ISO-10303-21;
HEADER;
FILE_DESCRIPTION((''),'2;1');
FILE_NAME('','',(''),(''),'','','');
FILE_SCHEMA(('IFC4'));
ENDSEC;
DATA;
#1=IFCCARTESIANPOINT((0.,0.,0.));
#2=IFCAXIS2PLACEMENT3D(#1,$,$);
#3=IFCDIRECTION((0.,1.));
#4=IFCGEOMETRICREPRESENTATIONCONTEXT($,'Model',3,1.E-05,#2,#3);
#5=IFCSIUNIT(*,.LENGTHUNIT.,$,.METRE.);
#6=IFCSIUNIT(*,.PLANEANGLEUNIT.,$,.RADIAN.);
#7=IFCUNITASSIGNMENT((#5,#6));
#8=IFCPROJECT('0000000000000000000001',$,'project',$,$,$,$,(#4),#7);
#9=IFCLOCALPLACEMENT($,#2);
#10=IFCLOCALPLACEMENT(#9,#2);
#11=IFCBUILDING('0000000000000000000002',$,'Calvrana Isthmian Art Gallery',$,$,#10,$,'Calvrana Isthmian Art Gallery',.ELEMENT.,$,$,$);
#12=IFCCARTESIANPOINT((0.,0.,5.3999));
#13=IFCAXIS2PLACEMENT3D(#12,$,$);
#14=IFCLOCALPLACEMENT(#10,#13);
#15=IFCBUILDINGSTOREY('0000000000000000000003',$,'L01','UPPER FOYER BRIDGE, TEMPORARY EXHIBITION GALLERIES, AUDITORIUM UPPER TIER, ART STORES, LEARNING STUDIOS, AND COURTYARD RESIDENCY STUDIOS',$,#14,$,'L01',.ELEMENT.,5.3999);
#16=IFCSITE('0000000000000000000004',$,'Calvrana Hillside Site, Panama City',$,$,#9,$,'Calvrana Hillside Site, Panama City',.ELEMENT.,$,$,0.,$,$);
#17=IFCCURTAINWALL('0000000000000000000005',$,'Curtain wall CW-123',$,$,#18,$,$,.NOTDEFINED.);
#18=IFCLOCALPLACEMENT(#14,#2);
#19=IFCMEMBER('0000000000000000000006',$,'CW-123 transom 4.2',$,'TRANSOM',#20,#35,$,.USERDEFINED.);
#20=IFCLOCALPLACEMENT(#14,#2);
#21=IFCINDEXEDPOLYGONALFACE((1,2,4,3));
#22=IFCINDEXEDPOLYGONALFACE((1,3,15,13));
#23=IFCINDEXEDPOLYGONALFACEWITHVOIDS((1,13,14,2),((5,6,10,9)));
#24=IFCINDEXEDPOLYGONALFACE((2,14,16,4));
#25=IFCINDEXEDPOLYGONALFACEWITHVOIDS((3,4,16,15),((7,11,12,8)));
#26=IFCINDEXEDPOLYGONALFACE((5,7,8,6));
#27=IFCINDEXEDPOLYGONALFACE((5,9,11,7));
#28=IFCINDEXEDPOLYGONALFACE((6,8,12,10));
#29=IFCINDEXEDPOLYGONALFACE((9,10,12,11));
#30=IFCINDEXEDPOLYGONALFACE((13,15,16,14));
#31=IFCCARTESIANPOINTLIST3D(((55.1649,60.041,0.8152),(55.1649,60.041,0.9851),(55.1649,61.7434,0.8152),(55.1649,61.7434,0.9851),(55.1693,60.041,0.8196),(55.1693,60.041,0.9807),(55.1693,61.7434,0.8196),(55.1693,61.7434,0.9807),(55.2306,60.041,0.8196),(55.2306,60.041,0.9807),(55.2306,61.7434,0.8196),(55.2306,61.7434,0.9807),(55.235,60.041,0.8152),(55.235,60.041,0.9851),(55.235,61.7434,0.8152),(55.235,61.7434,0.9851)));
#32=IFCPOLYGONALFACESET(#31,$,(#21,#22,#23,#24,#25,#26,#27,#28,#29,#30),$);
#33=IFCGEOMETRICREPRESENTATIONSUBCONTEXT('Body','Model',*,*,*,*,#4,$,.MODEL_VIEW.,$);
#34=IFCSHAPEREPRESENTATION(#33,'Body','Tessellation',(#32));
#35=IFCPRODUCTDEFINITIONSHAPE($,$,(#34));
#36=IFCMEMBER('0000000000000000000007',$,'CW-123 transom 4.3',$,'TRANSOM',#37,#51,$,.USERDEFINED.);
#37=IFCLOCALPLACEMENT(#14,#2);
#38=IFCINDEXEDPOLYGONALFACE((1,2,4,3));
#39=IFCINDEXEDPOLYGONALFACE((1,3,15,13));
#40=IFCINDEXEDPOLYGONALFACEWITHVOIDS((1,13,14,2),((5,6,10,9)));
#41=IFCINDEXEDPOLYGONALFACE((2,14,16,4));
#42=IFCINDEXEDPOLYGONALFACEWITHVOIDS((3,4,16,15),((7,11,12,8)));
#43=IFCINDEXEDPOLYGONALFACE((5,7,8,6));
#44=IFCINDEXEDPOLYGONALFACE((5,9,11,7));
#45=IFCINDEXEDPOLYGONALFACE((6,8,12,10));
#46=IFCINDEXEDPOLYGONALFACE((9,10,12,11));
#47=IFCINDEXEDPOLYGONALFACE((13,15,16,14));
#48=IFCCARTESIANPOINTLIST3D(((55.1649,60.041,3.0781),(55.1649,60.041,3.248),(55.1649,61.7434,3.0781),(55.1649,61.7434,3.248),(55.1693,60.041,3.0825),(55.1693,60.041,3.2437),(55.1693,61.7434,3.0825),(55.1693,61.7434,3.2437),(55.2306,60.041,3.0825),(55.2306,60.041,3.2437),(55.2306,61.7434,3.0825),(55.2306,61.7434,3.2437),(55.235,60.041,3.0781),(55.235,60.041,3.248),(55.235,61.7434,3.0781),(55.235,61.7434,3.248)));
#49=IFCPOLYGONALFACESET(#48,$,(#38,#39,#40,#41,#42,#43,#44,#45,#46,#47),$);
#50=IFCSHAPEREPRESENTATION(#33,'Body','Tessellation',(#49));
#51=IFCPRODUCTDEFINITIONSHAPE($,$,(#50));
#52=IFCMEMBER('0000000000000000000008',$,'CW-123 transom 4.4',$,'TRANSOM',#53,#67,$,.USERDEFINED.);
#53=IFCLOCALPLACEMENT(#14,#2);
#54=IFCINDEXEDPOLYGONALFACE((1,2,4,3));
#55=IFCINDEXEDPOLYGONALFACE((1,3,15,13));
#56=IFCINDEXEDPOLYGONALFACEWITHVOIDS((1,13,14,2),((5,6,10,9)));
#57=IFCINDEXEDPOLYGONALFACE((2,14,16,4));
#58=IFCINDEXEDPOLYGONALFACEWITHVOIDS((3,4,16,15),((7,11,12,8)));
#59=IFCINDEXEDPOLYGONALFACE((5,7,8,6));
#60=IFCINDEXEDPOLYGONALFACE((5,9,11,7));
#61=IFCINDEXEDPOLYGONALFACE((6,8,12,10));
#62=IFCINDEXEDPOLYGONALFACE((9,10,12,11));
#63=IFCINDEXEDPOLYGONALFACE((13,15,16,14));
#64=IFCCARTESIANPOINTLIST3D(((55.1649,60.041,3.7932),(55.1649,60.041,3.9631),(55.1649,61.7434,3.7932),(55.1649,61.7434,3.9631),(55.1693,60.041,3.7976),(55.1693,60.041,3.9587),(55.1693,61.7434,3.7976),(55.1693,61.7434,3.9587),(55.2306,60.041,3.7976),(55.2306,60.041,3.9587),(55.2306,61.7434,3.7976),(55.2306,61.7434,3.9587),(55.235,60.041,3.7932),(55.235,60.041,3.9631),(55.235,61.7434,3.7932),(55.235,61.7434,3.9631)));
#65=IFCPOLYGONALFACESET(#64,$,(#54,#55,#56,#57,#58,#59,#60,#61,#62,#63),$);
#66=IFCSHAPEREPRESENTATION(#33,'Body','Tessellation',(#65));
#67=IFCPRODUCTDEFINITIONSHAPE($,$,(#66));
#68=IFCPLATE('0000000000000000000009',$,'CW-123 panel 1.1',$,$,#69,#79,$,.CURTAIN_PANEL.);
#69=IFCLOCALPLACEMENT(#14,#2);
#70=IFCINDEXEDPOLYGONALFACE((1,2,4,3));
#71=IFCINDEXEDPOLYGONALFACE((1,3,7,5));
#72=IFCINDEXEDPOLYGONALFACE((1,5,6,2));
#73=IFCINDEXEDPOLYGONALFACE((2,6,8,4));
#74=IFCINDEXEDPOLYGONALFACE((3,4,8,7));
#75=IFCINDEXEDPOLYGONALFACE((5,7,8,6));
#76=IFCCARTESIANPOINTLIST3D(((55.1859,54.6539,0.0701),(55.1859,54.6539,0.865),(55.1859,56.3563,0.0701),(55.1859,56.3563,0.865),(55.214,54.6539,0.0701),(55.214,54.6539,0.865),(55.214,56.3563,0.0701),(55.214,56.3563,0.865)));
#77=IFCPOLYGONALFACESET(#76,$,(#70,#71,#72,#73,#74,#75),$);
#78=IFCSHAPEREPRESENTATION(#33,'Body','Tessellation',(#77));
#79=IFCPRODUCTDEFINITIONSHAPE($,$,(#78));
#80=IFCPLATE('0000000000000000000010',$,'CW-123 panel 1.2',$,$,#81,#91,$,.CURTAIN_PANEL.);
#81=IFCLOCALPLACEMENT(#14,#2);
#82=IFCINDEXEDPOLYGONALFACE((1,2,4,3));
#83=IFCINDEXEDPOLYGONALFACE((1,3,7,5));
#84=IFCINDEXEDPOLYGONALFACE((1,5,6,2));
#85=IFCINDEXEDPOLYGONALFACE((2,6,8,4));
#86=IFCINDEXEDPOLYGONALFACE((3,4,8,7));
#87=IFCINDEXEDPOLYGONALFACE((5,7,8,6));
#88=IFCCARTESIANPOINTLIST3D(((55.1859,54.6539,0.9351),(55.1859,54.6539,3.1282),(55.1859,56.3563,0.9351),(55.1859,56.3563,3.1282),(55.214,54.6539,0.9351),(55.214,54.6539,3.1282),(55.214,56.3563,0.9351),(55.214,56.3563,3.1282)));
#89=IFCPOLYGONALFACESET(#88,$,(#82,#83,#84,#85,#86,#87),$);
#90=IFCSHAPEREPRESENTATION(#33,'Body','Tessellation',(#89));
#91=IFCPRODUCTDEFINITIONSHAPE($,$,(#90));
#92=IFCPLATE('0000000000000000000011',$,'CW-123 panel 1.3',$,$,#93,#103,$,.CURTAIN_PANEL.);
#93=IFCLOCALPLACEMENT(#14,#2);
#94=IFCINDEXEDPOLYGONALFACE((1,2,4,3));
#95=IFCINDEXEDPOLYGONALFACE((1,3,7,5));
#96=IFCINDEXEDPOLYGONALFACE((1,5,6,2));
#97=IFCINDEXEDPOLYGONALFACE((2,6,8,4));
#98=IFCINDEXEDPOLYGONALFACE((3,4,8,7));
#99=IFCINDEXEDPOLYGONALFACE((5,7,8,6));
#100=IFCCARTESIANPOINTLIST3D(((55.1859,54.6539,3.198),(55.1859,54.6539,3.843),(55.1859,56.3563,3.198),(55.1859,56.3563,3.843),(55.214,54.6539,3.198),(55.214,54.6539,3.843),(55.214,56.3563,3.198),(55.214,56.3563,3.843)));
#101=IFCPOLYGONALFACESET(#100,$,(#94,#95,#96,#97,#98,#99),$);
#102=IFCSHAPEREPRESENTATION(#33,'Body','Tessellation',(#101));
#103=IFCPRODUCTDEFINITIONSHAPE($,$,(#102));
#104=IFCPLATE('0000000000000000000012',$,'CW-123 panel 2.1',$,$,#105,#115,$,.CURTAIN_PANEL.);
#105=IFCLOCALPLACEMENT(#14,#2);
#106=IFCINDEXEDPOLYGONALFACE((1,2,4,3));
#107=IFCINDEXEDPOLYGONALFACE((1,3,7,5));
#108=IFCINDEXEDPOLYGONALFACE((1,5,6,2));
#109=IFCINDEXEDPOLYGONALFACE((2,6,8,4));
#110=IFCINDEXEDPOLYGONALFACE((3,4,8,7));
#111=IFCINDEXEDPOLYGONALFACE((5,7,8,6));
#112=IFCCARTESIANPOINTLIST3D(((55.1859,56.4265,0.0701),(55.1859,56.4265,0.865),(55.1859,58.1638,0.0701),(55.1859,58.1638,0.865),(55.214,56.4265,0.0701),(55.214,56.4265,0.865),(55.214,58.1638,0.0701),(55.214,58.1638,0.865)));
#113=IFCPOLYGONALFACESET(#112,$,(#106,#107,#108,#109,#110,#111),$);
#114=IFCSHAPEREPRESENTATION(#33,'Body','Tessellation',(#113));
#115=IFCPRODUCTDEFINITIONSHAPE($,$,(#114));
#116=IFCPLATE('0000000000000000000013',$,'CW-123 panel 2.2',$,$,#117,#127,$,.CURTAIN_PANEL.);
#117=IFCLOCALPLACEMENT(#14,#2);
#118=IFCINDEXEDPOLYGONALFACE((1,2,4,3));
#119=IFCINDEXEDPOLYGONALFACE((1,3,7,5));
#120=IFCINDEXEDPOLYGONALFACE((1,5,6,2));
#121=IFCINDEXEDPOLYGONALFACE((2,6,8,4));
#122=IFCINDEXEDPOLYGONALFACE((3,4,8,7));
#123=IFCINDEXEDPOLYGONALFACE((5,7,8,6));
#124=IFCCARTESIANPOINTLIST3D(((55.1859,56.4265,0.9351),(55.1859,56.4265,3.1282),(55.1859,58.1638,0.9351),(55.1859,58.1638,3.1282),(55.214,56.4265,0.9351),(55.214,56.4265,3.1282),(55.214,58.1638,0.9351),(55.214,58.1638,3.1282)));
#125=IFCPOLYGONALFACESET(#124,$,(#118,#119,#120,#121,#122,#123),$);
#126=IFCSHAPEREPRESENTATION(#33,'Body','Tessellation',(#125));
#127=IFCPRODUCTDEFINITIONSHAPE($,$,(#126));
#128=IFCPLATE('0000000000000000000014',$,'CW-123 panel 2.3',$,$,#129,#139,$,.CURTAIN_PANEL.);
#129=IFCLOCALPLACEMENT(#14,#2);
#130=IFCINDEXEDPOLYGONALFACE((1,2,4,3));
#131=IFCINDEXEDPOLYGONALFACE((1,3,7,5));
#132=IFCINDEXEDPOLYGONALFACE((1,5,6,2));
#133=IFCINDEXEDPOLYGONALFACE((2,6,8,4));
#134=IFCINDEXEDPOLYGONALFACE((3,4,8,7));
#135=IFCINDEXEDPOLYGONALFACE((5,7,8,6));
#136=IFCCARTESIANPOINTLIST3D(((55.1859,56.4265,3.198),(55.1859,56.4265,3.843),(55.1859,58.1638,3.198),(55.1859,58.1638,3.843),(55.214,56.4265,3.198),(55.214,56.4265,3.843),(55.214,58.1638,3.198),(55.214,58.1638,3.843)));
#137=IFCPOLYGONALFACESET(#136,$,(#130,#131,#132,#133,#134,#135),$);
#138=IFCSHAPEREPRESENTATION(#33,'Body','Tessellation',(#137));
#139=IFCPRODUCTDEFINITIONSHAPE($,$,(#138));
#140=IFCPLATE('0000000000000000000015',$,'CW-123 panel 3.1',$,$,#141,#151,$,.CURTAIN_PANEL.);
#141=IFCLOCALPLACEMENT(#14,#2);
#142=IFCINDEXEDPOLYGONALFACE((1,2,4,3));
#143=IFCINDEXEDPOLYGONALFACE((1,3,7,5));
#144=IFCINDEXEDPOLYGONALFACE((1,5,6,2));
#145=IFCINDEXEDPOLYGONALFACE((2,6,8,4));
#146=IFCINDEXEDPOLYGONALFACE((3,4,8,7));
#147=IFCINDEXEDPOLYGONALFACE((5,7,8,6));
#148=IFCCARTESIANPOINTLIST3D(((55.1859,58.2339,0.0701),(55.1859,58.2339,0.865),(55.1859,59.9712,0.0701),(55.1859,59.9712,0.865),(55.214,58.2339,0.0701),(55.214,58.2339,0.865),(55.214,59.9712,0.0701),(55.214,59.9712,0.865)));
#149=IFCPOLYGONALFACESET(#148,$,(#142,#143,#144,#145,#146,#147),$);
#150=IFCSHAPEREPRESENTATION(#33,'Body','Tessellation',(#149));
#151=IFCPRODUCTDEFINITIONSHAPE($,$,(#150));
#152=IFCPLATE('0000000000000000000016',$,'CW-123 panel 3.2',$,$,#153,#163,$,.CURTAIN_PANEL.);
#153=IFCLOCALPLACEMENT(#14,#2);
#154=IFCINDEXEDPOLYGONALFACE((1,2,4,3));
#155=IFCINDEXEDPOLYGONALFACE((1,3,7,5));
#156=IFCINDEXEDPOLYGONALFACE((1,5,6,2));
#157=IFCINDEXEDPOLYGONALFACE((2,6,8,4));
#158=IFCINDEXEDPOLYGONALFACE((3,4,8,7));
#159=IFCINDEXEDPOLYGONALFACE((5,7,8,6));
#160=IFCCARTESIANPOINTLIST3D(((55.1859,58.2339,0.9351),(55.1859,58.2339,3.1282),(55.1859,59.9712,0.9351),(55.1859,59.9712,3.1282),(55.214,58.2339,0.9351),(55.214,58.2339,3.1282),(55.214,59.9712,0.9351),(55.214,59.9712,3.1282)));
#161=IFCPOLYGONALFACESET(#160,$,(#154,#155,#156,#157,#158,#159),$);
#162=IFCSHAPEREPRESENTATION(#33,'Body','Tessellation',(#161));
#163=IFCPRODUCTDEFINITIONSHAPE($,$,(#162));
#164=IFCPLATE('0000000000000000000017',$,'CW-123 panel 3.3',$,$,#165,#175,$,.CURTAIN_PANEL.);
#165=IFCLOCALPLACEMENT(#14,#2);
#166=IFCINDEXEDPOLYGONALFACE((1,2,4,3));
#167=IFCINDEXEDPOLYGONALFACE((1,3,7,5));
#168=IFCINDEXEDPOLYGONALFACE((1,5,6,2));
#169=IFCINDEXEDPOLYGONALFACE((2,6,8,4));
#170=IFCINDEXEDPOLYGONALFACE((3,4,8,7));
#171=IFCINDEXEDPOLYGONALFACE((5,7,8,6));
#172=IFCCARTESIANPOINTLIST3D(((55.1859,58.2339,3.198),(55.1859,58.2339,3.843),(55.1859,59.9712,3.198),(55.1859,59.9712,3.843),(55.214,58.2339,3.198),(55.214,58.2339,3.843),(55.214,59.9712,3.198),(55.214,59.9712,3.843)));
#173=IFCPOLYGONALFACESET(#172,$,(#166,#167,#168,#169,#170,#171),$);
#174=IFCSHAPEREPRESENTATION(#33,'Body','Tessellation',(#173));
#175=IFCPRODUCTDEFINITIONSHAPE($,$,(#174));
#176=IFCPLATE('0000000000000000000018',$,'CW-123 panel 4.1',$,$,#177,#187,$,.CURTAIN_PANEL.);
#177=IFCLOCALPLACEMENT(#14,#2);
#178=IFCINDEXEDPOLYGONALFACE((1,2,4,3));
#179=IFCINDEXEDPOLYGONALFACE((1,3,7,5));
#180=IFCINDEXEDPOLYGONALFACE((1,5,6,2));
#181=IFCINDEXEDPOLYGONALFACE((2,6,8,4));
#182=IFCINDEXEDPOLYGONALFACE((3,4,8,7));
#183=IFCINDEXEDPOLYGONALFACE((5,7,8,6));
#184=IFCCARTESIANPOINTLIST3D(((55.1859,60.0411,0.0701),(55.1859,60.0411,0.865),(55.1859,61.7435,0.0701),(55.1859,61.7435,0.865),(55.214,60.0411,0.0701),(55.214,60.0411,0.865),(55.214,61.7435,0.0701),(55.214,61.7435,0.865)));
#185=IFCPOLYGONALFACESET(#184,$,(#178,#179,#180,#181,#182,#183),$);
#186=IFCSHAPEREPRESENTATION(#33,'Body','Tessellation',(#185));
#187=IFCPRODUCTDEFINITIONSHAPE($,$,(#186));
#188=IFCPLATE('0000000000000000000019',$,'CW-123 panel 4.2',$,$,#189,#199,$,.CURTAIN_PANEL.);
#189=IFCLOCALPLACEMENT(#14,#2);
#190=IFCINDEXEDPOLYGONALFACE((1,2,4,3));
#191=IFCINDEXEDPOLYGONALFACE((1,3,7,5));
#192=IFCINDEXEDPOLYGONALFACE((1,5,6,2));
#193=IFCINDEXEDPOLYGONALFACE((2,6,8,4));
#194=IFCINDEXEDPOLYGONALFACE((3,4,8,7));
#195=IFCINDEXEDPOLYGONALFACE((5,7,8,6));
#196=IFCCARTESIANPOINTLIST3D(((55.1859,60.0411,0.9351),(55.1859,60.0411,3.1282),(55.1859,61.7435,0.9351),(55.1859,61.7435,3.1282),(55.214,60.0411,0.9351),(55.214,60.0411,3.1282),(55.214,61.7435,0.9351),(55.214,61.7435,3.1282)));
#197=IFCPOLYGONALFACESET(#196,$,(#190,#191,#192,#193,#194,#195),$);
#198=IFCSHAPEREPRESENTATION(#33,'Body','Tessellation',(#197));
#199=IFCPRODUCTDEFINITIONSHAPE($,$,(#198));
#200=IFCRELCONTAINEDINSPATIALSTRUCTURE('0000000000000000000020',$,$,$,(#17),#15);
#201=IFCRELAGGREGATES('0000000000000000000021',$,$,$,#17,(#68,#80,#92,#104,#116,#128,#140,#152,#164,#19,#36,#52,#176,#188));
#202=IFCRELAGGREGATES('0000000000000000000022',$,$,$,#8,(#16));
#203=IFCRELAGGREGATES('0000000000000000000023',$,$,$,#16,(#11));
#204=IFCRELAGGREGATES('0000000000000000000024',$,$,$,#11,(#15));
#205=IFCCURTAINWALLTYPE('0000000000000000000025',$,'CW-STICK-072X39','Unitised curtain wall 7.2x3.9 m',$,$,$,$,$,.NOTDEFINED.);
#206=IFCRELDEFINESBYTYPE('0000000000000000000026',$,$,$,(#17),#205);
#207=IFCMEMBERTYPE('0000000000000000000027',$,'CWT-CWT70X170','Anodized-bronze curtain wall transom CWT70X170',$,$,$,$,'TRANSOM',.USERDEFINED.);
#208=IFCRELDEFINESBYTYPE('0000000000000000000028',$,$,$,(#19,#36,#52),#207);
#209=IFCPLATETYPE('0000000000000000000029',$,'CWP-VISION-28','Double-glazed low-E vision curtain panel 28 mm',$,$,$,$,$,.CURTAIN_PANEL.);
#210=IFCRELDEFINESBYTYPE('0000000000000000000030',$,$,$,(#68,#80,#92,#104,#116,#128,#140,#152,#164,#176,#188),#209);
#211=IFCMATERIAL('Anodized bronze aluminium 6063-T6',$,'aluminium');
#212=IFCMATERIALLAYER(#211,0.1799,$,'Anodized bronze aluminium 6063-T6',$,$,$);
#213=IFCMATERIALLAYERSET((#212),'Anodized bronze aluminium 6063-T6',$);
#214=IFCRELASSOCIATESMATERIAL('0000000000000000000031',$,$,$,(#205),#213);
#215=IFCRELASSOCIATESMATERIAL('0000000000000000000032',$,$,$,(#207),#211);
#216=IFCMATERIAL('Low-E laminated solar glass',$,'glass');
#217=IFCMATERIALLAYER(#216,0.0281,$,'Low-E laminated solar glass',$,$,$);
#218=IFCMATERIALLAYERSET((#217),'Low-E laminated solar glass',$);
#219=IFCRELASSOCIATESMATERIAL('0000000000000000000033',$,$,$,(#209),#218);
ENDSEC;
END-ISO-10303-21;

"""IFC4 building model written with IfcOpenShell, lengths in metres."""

from ifc_helpers import new_model, si_unit, direction, frame, origin, origin_2d, place, context, subcontext, project, spatial, rectangle, hollow_rectangle, extrude, material, layer, layer_set, material_profile, profile_set, type_object, element, aggregate, save


model = new_model("IFC4")

# Units and contexts
model_context = context("Model", 3, precision=1e-05, world=origin(), true_north=direction((0.0, 1.0)))
body_context = subcontext(model_context, "Body", "Model", "MODEL_VIEW")
ifc_project = project(units=[si_unit("LENGTHUNIT", "METRE"), si_unit("PLANEANGLEUNIT", "RADIAN")], contexts=[model_context])

# Site, building, storey
site_placement = place(None, origin())
site = spatial("IfcSite", under=ifc_project, at=site_placement, Name="Calvrana Hillside Site, Panama City", LongName="Calvrana Hillside Site, Panama City", CompositionType="ELEMENT", RefElevation=0.0)
building_placement = place(site_placement, origin())
building = spatial("IfcBuilding", under=site, at=building_placement, Name="Calvrana Isthmian Art Gallery", LongName="Calvrana Isthmian Art Gallery", CompositionType="ELEMENT")
storey_placement = place(building_placement, frame((0.0, 0.0, 5.3999)))
storey = spatial("IfcBuildingStorey", under=building, at=storey_placement, Name="L01", Description="UPPER FOYER BRIDGE, TEMPORARY EXHIBITION GALLERIES, AUDITORIUM UPPER TIER, ART STORES, LEARNING STUDIOS, AND COURTYARD RESIDENCY STUDIOS", LongName="L01", CompositionType="ELEMENT", Elevation=5.3999)

# Curtain wall, members, plates
ifc_material_1 = material(Name="Anodized bronze aluminium 6063-T6", Category="aluminium")
ifc_layer_1 = layer(ifc_material_1, 0.1799, Name="Anodized bronze aluminium 6063-T6")
ifc_layer_set_1 = layer_set([ifc_layer_1], Name="Anodized bronze aluminium 6063-T6")
curtain_wall_type = type_object("IfcCurtainWallType", Name="CW-STICK-072X39", Description="Unitised curtain wall 7.2x3.9 m", PredefinedType="NOTDEFINED", material=ifc_layer_set_1)
curtain_wall_placement = place(storey_placement, origin())
curtain_wall = element("IfcCurtainWall", 1, at=curtain_wall_placement, inside=storey, type_object=curtain_wall_type, Name="Curtain wall CW-123", PredefinedType="NOTDEFINED")
ifc_material_profile_1 = material_profile(ifc_material_1, hollow_rectangle(XDim=0.0701, YDim=0.1699, WallThickness=0.0044, at=origin_2d()), Name="CWT70X170")
ifc_profile_set_1 = profile_set([ifc_material_profile_1], Name="Anodized bronze aluminium 6063-T6")
member_type_1 = type_object("IfcMemberType", Name="CWT-CWT70X170", Description="Anodized-bronze curtain wall transom CWT70X170", ElementType="TRANSOM", PredefinedType="USERDEFINED", material=ifc_profile_set_1)
member_1_placement = place(storey_placement, frame((55.2, 60.041, 0.9001), z_axis=(0.0, 1.0, 0.0), x_axis=(-1.0, 0.0, 0.0)))
member_1 = element("IfcMember", 2, at=member_1_placement, type_object=member_type_1, Name="CW-123 transom 4.2", ObjectType="TRANSOM", PredefinedType="USERDEFINED", context=body_context, shape_type="SweptSolid", body=[
    extrude(hollow_rectangle(XDim=0.0701, YDim=0.1699, WallThickness=0.0044, at=origin_2d()), origin(), (0.0, 0.0, 1.0), 1.7024),
])
member_2_placement = place(storey_placement, frame((55.2, 60.041, 3.1631), z_axis=(0.0, 1.0, 0.0), x_axis=(-1.0, 0.0, 0.0)))
member_2 = element("IfcMember", 3, at=member_2_placement, type_object=member_type_1, Name="CW-123 transom 4.3", ObjectType="TRANSOM", PredefinedType="USERDEFINED", context=body_context, shape_type="SweptSolid", body=[
    extrude(hollow_rectangle(XDim=0.0701, YDim=0.1699, WallThickness=0.0044, at=origin_2d()), origin(), (0.0, 0.0, 1.0), 1.7024),
])
member_3_placement = place(storey_placement, frame((55.2, 60.041, 3.8782), z_axis=(0.0, 1.0, 0.0), x_axis=(-1.0, 0.0, 0.0)))
member_3 = element("IfcMember", 4, at=member_3_placement, type_object=member_type_1, Name="CW-123 transom 4.4", ObjectType="TRANSOM", PredefinedType="USERDEFINED", context=body_context, shape_type="SweptSolid", body=[
    extrude(hollow_rectangle(XDim=0.0701, YDim=0.1699, WallThickness=0.0044, at=origin_2d()), origin(), (0.0, 0.0, 1.0), 1.7024),
])
ifc_material_2 = material(Name="Low-E laminated solar glass", Category="glass")
ifc_layer_2 = layer(ifc_material_2, 0.0281, Name="Low-E laminated solar glass")
ifc_layer_set_2 = layer_set([ifc_layer_2], Name="Low-E laminated solar glass")
plate_type = type_object("IfcPlateType", Name="CWP-VISION-28", Description="Double-glazed low-E vision curtain panel 28 mm", PredefinedType="CURTAIN_PANEL", material=ifc_layer_set_2)
plate_1_placement = place(storey_placement, frame((55.2, 55.5051, 0.0701), z_axis=(0.0, 0.0, 1.0), x_axis=(0.0, 1.0, 0.0)))
plate_1 = element("IfcPlate", 5, at=plate_1_placement, type_object=plate_type, Name="CW-123 panel 1.1", PredefinedType="CURTAIN_PANEL", context=body_context, shape_type="SweptSolid", body=[
    extrude(rectangle(XDim=1.7024, YDim=0.0281, at=origin_2d()), origin(), (0.0, 0.0, 1.0), 0.7949),
])
plate_2_placement = place(storey_placement, frame((55.2, 55.5051, 0.9351), z_axis=(0.0, 0.0, 1.0), x_axis=(0.0, 1.0, 0.0)))
plate_2 = element("IfcPlate", 6, at=plate_2_placement, type_object=plate_type, Name="CW-123 panel 1.2", PredefinedType="CURTAIN_PANEL", context=body_context, shape_type="SweptSolid", body=[
    extrude(rectangle(XDim=1.7024, YDim=0.0281, at=origin_2d()), origin(), (0.0, 0.0, 1.0), 2.1931),
])
plate_3_placement = place(storey_placement, frame((55.2, 55.5051, 3.198), z_axis=(0.0, 0.0, 1.0), x_axis=(0.0, 1.0, 0.0)))
plate_3 = element("IfcPlate", 7, at=plate_3_placement, type_object=plate_type, Name="CW-123 panel 1.3", PredefinedType="CURTAIN_PANEL", context=body_context, shape_type="SweptSolid", body=[
    extrude(rectangle(XDim=1.7024, YDim=0.0281, at=origin_2d()), origin(), (0.0, 0.0, 1.0), 0.645),
])
plate_4_placement = place(storey_placement, frame((55.2, 57.2952, 0.0701), z_axis=(0.0, 0.0, 1.0), x_axis=(0.0, 1.0, 0.0)))
plate_4 = element("IfcPlate", 8, at=plate_4_placement, type_object=plate_type, Name="CW-123 panel 2.1", PredefinedType="CURTAIN_PANEL", context=body_context, shape_type="SweptSolid", body=[
    extrude(rectangle(XDim=1.7373, YDim=0.0281, at=origin_2d()), origin(), (0.0, 0.0, 1.0), 0.7949),
])
plate_5_placement = place(storey_placement, frame((55.2, 57.2952, 0.9351), z_axis=(0.0, 0.0, 1.0), x_axis=(0.0, 1.0, 0.0)))
plate_5 = element("IfcPlate", 9, at=plate_5_placement, type_object=plate_type, Name="CW-123 panel 2.2", PredefinedType="CURTAIN_PANEL", context=body_context, shape_type="SweptSolid", body=[
    extrude(rectangle(XDim=1.7373, YDim=0.0281, at=origin_2d()), origin(), (0.0, 0.0, 1.0), 2.1931),
])
plate_6_placement = place(storey_placement, frame((55.2, 57.2952, 3.198), z_axis=(0.0, 0.0, 1.0), x_axis=(0.0, 1.0, 0.0)))
plate_6 = element("IfcPlate", 10, at=plate_6_placement, type_object=plate_type, Name="CW-123 panel 2.3", PredefinedType="CURTAIN_PANEL", context=body_context, shape_type="SweptSolid", body=[
    extrude(rectangle(XDim=1.7373, YDim=0.0281, at=origin_2d()), origin(), (0.0, 0.0, 1.0), 0.645),
])
plate_7_placement = place(storey_placement, frame((55.2, 59.1025, 0.0701), z_axis=(0.0, 0.0, 1.0), x_axis=(0.0, 1.0, 0.0)))
plate_7 = element("IfcPlate", 11, at=plate_7_placement, type_object=plate_type, Name="CW-123 panel 3.1", PredefinedType="CURTAIN_PANEL", context=body_context, shape_type="SweptSolid", body=[
    extrude(rectangle(XDim=1.7373, YDim=0.0281, at=origin_2d()), origin(), (0.0, 0.0, 1.0), 0.7949),
])
plate_8_placement = place(storey_placement, frame((55.2, 59.1025, 0.9351), z_axis=(0.0, 0.0, 1.0), x_axis=(0.0, 1.0, 0.0)))
plate_8 = element("IfcPlate", 12, at=plate_8_placement, type_object=plate_type, Name="CW-123 panel 3.2", PredefinedType="CURTAIN_PANEL", context=body_context, shape_type="SweptSolid", body=[
    extrude(rectangle(XDim=1.7373, YDim=0.0281, at=origin_2d()), origin(), (0.0, 0.0, 1.0), 2.1931),
])
plate_9_placement = place(storey_placement, frame((55.2, 59.1025, 3.198), z_axis=(0.0, 0.0, 1.0), x_axis=(0.0, 1.0, 0.0)))
plate_9 = element("IfcPlate", 13, at=plate_9_placement, type_object=plate_type, Name="CW-123 panel 3.3", PredefinedType="CURTAIN_PANEL", context=body_context, shape_type="SweptSolid", body=[
    extrude(rectangle(XDim=1.7373, YDim=0.0281, at=origin_2d()), origin(), (0.0, 0.0, 1.0), 0.645),
])
plate_10_placement = place(storey_placement, frame((55.2, 60.8923, 0.0701), z_axis=(0.0, 0.0, 1.0), x_axis=(0.0, 1.0, 0.0)))
plate_10 = element("IfcPlate", 14, at=plate_10_placement, type_object=plate_type, Name="CW-123 panel 4.1", PredefinedType="CURTAIN_PANEL", context=body_context, shape_type="SweptSolid", body=[
    extrude(rectangle(XDim=1.7024, YDim=0.0281, at=origin_2d()), origin(), (0.0, 0.0, 1.0), 0.7949),
])
plate_11_placement = place(storey_placement, frame((55.2, 60.8923, 0.9351), z_axis=(0.0, 0.0, 1.0), x_axis=(0.0, 1.0, 0.0)))
plate_11 = element("IfcPlate", 15, at=plate_11_placement, type_object=plate_type, Name="CW-123 panel 4.2", PredefinedType="CURTAIN_PANEL", context=body_context, shape_type="SweptSolid", body=[
    extrude(rectangle(XDim=1.7024, YDim=0.0281, at=origin_2d()), origin(), (0.0, 0.0, 1.0), 2.1931),
])
aggregate(curtain_wall, [plate_1, plate_2, plate_3, plate_4, plate_5, plate_6, plate_7, plate_8, plate_9, member_1, member_2, member_3, plate_10, plate_11])

save(model, "model.ifc")
